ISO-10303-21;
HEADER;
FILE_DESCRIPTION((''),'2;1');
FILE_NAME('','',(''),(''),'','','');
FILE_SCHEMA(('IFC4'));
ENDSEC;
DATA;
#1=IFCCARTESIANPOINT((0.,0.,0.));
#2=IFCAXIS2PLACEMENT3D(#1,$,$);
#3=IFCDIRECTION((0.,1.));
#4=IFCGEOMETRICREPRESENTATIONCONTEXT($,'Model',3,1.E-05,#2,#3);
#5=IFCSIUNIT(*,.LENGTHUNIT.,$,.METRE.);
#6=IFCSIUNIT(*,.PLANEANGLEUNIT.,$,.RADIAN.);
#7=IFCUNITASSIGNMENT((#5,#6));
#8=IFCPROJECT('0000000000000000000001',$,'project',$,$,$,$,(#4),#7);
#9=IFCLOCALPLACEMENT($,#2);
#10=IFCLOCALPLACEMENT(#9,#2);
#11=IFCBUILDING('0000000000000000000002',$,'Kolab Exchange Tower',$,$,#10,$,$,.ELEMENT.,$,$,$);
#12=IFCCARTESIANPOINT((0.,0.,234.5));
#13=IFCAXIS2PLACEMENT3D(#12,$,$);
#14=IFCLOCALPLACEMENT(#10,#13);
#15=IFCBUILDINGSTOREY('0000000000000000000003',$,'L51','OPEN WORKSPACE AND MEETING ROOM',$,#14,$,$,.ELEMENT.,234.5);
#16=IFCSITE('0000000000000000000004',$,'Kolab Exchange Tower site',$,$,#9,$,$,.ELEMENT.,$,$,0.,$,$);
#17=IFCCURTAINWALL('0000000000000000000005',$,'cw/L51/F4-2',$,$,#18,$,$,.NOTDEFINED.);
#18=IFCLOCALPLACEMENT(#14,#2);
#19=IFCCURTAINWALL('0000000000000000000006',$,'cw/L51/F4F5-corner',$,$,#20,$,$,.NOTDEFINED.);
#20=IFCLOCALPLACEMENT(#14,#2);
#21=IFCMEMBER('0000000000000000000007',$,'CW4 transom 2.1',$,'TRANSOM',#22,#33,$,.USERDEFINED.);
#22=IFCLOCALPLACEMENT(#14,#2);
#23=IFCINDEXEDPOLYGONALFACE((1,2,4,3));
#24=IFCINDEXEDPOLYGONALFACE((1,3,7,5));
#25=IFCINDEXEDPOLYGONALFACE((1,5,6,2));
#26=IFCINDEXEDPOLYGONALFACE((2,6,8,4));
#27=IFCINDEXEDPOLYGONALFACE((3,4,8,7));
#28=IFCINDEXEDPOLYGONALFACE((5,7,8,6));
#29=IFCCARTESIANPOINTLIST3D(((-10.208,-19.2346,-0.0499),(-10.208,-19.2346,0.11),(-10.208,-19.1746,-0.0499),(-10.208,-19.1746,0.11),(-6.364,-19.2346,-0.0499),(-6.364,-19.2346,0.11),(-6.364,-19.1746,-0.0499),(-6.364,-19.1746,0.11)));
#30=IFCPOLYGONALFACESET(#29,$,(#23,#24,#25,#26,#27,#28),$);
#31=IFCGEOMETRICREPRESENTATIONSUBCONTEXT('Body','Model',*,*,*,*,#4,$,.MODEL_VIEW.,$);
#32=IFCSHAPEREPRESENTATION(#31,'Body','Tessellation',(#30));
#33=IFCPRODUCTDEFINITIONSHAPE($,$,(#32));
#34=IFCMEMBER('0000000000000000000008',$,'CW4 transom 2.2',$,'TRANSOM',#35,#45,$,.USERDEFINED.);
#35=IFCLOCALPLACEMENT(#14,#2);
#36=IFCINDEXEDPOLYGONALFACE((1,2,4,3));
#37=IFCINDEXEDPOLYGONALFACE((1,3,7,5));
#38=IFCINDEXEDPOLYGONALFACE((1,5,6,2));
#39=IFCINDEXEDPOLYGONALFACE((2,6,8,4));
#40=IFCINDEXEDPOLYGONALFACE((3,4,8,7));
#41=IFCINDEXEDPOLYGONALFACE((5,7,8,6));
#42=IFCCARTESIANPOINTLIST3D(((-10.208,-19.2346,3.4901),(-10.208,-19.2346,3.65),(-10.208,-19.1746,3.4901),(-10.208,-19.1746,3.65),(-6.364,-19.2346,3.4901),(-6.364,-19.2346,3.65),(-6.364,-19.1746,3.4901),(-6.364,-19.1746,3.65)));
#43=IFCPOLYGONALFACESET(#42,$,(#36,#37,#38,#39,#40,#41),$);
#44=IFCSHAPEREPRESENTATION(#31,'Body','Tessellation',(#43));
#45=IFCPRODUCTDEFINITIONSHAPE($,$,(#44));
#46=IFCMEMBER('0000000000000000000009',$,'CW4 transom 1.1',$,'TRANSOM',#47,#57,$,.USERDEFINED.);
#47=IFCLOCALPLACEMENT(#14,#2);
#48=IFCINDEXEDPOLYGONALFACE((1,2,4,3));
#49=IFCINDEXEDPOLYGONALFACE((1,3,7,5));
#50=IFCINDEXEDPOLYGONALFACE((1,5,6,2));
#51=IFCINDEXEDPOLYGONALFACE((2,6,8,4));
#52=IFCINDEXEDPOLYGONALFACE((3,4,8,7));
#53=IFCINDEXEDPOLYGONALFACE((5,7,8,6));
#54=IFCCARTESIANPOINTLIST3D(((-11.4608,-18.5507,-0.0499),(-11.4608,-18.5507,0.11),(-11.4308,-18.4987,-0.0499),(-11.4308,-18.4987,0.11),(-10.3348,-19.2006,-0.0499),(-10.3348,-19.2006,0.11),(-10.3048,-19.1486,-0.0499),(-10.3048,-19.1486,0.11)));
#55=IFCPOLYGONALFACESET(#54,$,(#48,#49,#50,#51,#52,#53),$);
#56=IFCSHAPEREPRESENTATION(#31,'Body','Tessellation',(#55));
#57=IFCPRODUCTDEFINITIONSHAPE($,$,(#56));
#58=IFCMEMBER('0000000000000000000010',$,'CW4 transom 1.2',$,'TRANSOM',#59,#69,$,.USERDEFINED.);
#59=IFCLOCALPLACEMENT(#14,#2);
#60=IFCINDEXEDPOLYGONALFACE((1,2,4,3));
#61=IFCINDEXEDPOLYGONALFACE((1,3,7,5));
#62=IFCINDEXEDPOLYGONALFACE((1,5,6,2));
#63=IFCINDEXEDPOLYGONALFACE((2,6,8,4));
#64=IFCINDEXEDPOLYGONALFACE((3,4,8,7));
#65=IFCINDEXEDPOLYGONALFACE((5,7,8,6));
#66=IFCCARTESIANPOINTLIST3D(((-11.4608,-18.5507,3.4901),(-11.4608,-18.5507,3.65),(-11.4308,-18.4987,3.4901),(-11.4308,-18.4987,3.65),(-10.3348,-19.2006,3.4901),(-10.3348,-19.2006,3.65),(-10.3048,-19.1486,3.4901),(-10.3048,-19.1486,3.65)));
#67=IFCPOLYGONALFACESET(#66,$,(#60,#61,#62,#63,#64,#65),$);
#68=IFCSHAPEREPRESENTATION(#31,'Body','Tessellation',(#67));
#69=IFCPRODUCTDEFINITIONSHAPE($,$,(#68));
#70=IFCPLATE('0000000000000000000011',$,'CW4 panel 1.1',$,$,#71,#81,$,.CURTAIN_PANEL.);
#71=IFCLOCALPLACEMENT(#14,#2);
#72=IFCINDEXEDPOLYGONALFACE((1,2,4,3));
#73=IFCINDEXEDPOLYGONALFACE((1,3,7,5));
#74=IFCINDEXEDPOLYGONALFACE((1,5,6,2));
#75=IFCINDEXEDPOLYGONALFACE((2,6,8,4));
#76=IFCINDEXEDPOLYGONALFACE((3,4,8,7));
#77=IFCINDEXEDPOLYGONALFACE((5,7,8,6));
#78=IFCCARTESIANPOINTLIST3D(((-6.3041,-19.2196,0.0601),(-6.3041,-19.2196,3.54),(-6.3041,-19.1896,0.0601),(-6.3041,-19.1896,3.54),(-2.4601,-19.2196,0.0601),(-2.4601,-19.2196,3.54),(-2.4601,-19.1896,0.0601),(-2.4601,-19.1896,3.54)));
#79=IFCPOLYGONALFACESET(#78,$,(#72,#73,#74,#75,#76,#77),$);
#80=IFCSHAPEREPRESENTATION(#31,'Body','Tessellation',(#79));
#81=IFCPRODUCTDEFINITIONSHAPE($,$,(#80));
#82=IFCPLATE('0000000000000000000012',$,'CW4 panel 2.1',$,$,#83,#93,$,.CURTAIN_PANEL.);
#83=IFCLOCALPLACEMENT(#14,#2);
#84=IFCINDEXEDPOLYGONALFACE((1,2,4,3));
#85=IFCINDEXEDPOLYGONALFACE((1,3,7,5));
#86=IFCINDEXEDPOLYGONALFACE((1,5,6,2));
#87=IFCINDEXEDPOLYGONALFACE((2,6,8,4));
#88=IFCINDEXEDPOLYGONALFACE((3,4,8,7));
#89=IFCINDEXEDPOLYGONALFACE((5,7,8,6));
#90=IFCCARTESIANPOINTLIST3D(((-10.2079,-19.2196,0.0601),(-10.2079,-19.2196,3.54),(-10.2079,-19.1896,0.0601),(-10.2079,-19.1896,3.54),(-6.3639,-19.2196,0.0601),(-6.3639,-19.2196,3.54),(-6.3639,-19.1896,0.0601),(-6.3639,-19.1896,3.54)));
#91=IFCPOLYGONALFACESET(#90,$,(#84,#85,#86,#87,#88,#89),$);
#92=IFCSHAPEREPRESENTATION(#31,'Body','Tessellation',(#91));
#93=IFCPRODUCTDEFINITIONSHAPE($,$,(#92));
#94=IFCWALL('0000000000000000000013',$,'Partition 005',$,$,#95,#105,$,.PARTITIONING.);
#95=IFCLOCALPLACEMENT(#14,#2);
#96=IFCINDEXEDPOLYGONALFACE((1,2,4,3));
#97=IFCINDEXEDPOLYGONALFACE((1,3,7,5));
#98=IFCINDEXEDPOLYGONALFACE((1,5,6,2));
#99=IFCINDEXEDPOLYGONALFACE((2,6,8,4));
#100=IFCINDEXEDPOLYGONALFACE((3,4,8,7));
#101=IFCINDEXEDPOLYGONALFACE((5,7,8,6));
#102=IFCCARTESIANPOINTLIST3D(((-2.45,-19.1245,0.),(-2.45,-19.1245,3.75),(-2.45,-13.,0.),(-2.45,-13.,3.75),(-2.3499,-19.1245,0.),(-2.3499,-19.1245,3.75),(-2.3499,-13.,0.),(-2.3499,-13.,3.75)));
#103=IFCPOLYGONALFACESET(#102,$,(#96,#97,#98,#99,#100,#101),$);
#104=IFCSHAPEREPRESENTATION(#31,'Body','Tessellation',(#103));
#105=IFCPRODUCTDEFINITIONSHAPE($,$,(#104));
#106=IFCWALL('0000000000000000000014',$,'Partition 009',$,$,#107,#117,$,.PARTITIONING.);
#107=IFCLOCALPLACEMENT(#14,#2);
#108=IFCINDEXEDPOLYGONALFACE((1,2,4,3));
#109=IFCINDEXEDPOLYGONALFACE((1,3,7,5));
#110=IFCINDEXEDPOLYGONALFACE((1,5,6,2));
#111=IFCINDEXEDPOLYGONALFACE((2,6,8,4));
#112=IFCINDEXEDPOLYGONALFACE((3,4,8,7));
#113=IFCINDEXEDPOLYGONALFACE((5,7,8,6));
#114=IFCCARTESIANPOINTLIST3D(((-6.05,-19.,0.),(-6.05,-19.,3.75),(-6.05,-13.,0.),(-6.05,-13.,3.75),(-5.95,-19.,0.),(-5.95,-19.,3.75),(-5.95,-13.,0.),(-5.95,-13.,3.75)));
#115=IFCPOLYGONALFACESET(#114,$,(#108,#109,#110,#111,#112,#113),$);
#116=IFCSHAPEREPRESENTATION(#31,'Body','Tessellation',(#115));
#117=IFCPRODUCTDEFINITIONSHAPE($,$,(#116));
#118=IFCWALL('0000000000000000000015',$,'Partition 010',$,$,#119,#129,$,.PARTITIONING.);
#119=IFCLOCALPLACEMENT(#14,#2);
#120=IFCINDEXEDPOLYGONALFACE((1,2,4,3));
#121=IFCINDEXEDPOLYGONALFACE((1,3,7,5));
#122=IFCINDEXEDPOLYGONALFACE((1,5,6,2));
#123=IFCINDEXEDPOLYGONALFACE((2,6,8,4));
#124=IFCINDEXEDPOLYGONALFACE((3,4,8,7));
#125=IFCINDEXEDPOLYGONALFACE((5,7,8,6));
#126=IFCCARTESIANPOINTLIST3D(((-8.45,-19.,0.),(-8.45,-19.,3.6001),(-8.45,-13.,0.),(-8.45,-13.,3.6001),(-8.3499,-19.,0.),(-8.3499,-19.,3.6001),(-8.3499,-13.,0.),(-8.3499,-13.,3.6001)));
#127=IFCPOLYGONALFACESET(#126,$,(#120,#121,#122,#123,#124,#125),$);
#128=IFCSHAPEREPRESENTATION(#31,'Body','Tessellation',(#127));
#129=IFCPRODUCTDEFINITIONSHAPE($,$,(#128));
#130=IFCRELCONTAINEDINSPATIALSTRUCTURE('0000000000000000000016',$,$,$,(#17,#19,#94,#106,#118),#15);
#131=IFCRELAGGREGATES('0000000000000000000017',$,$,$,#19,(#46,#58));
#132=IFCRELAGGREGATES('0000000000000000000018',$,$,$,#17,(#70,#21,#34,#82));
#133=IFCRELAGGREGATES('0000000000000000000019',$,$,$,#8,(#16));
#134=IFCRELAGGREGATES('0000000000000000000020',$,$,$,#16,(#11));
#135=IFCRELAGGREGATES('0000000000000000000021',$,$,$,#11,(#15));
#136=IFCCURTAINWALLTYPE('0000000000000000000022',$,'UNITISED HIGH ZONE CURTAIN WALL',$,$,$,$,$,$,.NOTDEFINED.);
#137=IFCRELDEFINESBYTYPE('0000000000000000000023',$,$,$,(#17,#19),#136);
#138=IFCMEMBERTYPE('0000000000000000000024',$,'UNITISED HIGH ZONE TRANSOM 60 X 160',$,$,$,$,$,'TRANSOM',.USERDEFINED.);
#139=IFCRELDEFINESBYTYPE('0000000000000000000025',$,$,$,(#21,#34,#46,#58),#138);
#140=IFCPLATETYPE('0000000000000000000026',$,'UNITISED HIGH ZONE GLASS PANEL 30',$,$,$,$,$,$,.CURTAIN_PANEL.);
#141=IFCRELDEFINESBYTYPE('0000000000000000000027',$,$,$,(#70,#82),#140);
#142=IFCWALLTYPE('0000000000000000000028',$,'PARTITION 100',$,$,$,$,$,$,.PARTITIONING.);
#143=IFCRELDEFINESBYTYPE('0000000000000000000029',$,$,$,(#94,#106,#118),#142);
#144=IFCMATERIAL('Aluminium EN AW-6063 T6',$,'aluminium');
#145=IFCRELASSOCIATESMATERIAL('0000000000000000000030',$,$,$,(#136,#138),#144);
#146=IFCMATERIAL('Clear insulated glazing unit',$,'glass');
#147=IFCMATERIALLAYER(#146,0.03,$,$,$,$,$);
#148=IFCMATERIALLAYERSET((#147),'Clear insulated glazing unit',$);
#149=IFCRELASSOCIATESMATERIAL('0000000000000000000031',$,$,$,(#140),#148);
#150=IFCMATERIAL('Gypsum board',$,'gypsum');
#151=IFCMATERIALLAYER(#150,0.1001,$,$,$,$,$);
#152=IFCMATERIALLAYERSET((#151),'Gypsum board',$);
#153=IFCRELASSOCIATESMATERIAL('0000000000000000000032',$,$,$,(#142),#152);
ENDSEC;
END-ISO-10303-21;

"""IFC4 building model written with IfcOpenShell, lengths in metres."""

from ifc_helpers import new_model, si_unit, direction, frame, frame_2d, origin, origin_2d, place, context, subcontext, project, spatial, rectangle, extrude, material, layer, layer_set, material_profile, profile_set, type_object, element, aggregate, save


model = new_model("IFC4")

# Units and contexts
model_context = context("Model", 3, precision=1e-05, world=origin(), true_north=direction((0.0, 1.0)))
body_context = subcontext(model_context, "Body", "Model", "MODEL_VIEW")
ifc_project = project(units=[si_unit("LENGTHUNIT", "METRE"), si_unit("PLANEANGLEUNIT", "RADIAN")], contexts=[model_context])

# Site, building, storey
site_placement = place(None, origin())
site = spatial("IfcSite", under=ifc_project, at=site_placement, Name="Kolab Exchange Tower site", CompositionType="ELEMENT", RefElevation=0.0)
building_placement = place(site_placement, origin())
building = spatial("IfcBuilding", under=site, at=building_placement, Name="Kolab Exchange Tower", CompositionType="ELEMENT")
storey_placement = place(building_placement, frame((0.0, 0.0, 234.5)))
storey = spatial("IfcBuildingStorey", under=building, at=storey_placement, Name="L51", Description="OPEN WORKSPACE AND MEETING ROOM", CompositionType="ELEMENT", Elevation=234.5)

# Curtain wall
ifc_material_1 = material(Name="Aluminium EN AW-6063 T6", Category="aluminium")
curtain_wall_type = type_object("IfcCurtainWallType", Name="UNITISED HIGH ZONE CURTAIN WALL", PredefinedType="NOTDEFINED", material=ifc_material_1)
curtain_wall_1_placement = place(storey_placement, origin())
curtain_wall_1 = element("IfcCurtainWall", 1, at=curtain_wall_1_placement, inside=storey, type_object=curtain_wall_type, Name="cw/L51/F4-2", PredefinedType="NOTDEFINED")

# Curtain wall
curtain_wall_2_placement = place(storey_placement, origin())
curtain_wall_2 = element("IfcCurtainWall", 2, at=curtain_wall_2_placement, inside=storey, type_object=curtain_wall_type, Name="cw/L51/F4F5-corner", PredefinedType="NOTDEFINED")

# Members
ifc_material_profile_1 = material_profile(ifc_material_1, rectangle(XDim=0.0601, YDim=0.1599, at=origin_2d()), Name="RECT 60X160")
ifc_profile_set_1 = profile_set([ifc_material_profile_1], Name="Aluminium EN AW-6063 T6")
member_type_1 = type_object("IfcMemberType", Name="UNITISED HIGH ZONE TRANSOM 60 X 160", ElementType="TRANSOM", PredefinedType="USERDEFINED", material=ifc_profile_set_1)
member_1_placement = place(storey_placement, frame((-6.364, -19.2046, 0.03), z_axis=(-1.0, 0.0, 0.0), x_axis=(0.0, -1.0, 0.0)))
member_1 = element("IfcMember", 3, at=member_1_placement, type_object=member_type_1, Name="CW4 transom 2.1", ObjectType="TRANSOM", PredefinedType="USERDEFINED", context=body_context, shape_type="SweptSolid", body=[
    extrude(rectangle(XDim=0.0601, YDim=0.1599, at=origin_2d()), origin(), (0.0, 0.0, 1.0), 3.844),
])
member_2_placement = place(storey_placement, frame((-6.364, -19.2046, 3.5701), z_axis=(-1.0, 0.0, 0.0), x_axis=(0.0, -1.0, 0.0)))
member_2 = element("IfcMember", 4, at=member_2_placement, type_object=member_type_1, Name="CW4 transom 2.2", ObjectType="TRANSOM", PredefinedType="USERDEFINED", context=body_context, shape_type="SweptSolid", body=[
    extrude(rectangle(XDim=0.0601, YDim=0.1599, at=origin_2d()), origin(), (0.0, 0.0, 1.0), 3.844),
])
member_3_placement = place(storey_placement, frame((-10.3198, -19.1746, 0.03), z_axis=(-0.866086, 0.499896, 0.0), x_axis=(-0.499896, -0.866086, 0.0)))
member_3 = element("IfcMember", 5, at=member_3_placement, type_object=member_type_1, Name="CW4 transom 1.1", ObjectType="TRANSOM", PredefinedType="USERDEFINED", context=body_context, shape_type="SweptSolid", body=[
    extrude(rectangle(XDim=0.0601, YDim=0.1599, at=origin_2d()), origin(), (0.0, 0.0, 1.0), 1.3),
])
member_4_placement = place(storey_placement, frame((-10.3198, -19.1746, 3.5701), z_axis=(-0.866086, 0.499896, 0.0), x_axis=(-0.499896, -0.866086, 0.0)))
member_4 = element("IfcMember", 6, at=member_4_placement, type_object=member_type_1, Name="CW4 transom 1.2", ObjectType="TRANSOM", PredefinedType="USERDEFINED", context=body_context, shape_type="SweptSolid", body=[
    extrude(rectangle(XDim=0.0601, YDim=0.1599, at=origin_2d()), origin(), (0.0, 0.0, 1.0), 1.3),
])
aggregate(curtain_wall_2, [member_3, member_4])

# Plates
ifc_material_2 = material(Name="Clear insulated glazing unit", Category="glass")
ifc_layer_1 = layer(ifc_material_2, 0.03)
ifc_layer_set_1 = layer_set([ifc_layer_1], Name="Clear insulated glazing unit")
plate_type = type_object("IfcPlateType", Name="UNITISED HIGH ZONE GLASS PANEL 30", PredefinedType="CURTAIN_PANEL", material=ifc_layer_set_1)
plate_1_placement = place(storey_placement, frame((-4.3821, -19.2046, 0.0601), z_axis=(0.0, 0.0, 1.0), x_axis=(-1.0, 0.0, 0.0)))
plate_1 = element("IfcPlate", 7, at=plate_1_placement, type_object=plate_type, Name="CW4 panel 1.1", PredefinedType="CURTAIN_PANEL", context=body_context, shape_type="SweptSolid", body=[
    extrude(rectangle(XDim=3.844, YDim=0.03, at=origin_2d()), origin(), (0.0, 0.0, 1.0), 3.48),
])
plate_2_placement = place(storey_placement, frame((-8.2859, -19.2046, 0.0601), z_axis=(0.0, 0.0, 1.0), x_axis=(-1.0, 0.0, 0.0)))
plate_2 = element("IfcPlate", 8, at=plate_2_placement, type_object=plate_type, Name="CW4 panel 2.1", PredefinedType="CURTAIN_PANEL", context=body_context, shape_type="SweptSolid", body=[
    extrude(rectangle(XDim=3.844, YDim=0.03, at=origin_2d()), origin(), (0.0, 0.0, 1.0), 3.48),
])
aggregate(curtain_wall_1, [plate_1, member_1, member_2, plate_2])

# Walls
ifc_material_3 = material(Name="Gypsum board", Category="gypsum")
ifc_layer_2 = layer(ifc_material_3, 0.1001)
ifc_layer_set_2 = layer_set([ifc_layer_2], Name="Gypsum board")
wall_type = type_object("IfcWallType", Name="PARTITION 100", PredefinedType="PARTITIONING", material=ifc_layer_set_2)
wall_1_placement = place(storey_placement, frame((-2.3999, -19.1245, 0.0), z_axis=(0.0, 0.0, 1.0), x_axis=(0.0, 1.0, 0.0)))
element("IfcWall", 9, at=wall_1_placement, inside=storey, type_object=wall_type, Name="Partition 005", PredefinedType="PARTITIONING", context=body_context, shape_type="SweptSolid", body=[
    extrude(rectangle(XDim=6.1245, YDim=0.1001, at=frame_2d((3.0623, 0.0))), origin(), (0.0, 0.0, 1.0), 3.75),
])
wall_2_placement = place(storey_placement, frame((-6.0, -19.0, 0.0), z_axis=(0.0, 0.0, 1.0), x_axis=(0.0, 1.0, 0.0)))
element("IfcWall", 10, at=wall_2_placement, inside=storey, type_object=wall_type, Name="Partition 009", PredefinedType="PARTITIONING", context=body_context, shape_type="SweptSolid", body=[
    extrude(rectangle(XDim=6.0, YDim=0.1001, at=frame_2d((3.0, 0.0))), origin(), (0.0, 0.0, 1.0), 3.75),
])
wall_3_placement = place(storey_placement, frame((-8.3999, -19.0, 0.0), z_axis=(0.0, 0.0, 1.0), x_axis=(0.0, 1.0, 0.0)))
element("IfcWall", 11, at=wall_3_placement, inside=storey, type_object=wall_type, Name="Partition 010", PredefinedType="PARTITIONING", context=body_context, shape_type="SweptSolid", body=[
    extrude(rectangle(XDim=6.0, YDim=0.1001, at=frame_2d((3.0, 0.0))), origin(), (0.0, 0.0, 1.0), 3.6001),
])

save(model, "model.ifc")
